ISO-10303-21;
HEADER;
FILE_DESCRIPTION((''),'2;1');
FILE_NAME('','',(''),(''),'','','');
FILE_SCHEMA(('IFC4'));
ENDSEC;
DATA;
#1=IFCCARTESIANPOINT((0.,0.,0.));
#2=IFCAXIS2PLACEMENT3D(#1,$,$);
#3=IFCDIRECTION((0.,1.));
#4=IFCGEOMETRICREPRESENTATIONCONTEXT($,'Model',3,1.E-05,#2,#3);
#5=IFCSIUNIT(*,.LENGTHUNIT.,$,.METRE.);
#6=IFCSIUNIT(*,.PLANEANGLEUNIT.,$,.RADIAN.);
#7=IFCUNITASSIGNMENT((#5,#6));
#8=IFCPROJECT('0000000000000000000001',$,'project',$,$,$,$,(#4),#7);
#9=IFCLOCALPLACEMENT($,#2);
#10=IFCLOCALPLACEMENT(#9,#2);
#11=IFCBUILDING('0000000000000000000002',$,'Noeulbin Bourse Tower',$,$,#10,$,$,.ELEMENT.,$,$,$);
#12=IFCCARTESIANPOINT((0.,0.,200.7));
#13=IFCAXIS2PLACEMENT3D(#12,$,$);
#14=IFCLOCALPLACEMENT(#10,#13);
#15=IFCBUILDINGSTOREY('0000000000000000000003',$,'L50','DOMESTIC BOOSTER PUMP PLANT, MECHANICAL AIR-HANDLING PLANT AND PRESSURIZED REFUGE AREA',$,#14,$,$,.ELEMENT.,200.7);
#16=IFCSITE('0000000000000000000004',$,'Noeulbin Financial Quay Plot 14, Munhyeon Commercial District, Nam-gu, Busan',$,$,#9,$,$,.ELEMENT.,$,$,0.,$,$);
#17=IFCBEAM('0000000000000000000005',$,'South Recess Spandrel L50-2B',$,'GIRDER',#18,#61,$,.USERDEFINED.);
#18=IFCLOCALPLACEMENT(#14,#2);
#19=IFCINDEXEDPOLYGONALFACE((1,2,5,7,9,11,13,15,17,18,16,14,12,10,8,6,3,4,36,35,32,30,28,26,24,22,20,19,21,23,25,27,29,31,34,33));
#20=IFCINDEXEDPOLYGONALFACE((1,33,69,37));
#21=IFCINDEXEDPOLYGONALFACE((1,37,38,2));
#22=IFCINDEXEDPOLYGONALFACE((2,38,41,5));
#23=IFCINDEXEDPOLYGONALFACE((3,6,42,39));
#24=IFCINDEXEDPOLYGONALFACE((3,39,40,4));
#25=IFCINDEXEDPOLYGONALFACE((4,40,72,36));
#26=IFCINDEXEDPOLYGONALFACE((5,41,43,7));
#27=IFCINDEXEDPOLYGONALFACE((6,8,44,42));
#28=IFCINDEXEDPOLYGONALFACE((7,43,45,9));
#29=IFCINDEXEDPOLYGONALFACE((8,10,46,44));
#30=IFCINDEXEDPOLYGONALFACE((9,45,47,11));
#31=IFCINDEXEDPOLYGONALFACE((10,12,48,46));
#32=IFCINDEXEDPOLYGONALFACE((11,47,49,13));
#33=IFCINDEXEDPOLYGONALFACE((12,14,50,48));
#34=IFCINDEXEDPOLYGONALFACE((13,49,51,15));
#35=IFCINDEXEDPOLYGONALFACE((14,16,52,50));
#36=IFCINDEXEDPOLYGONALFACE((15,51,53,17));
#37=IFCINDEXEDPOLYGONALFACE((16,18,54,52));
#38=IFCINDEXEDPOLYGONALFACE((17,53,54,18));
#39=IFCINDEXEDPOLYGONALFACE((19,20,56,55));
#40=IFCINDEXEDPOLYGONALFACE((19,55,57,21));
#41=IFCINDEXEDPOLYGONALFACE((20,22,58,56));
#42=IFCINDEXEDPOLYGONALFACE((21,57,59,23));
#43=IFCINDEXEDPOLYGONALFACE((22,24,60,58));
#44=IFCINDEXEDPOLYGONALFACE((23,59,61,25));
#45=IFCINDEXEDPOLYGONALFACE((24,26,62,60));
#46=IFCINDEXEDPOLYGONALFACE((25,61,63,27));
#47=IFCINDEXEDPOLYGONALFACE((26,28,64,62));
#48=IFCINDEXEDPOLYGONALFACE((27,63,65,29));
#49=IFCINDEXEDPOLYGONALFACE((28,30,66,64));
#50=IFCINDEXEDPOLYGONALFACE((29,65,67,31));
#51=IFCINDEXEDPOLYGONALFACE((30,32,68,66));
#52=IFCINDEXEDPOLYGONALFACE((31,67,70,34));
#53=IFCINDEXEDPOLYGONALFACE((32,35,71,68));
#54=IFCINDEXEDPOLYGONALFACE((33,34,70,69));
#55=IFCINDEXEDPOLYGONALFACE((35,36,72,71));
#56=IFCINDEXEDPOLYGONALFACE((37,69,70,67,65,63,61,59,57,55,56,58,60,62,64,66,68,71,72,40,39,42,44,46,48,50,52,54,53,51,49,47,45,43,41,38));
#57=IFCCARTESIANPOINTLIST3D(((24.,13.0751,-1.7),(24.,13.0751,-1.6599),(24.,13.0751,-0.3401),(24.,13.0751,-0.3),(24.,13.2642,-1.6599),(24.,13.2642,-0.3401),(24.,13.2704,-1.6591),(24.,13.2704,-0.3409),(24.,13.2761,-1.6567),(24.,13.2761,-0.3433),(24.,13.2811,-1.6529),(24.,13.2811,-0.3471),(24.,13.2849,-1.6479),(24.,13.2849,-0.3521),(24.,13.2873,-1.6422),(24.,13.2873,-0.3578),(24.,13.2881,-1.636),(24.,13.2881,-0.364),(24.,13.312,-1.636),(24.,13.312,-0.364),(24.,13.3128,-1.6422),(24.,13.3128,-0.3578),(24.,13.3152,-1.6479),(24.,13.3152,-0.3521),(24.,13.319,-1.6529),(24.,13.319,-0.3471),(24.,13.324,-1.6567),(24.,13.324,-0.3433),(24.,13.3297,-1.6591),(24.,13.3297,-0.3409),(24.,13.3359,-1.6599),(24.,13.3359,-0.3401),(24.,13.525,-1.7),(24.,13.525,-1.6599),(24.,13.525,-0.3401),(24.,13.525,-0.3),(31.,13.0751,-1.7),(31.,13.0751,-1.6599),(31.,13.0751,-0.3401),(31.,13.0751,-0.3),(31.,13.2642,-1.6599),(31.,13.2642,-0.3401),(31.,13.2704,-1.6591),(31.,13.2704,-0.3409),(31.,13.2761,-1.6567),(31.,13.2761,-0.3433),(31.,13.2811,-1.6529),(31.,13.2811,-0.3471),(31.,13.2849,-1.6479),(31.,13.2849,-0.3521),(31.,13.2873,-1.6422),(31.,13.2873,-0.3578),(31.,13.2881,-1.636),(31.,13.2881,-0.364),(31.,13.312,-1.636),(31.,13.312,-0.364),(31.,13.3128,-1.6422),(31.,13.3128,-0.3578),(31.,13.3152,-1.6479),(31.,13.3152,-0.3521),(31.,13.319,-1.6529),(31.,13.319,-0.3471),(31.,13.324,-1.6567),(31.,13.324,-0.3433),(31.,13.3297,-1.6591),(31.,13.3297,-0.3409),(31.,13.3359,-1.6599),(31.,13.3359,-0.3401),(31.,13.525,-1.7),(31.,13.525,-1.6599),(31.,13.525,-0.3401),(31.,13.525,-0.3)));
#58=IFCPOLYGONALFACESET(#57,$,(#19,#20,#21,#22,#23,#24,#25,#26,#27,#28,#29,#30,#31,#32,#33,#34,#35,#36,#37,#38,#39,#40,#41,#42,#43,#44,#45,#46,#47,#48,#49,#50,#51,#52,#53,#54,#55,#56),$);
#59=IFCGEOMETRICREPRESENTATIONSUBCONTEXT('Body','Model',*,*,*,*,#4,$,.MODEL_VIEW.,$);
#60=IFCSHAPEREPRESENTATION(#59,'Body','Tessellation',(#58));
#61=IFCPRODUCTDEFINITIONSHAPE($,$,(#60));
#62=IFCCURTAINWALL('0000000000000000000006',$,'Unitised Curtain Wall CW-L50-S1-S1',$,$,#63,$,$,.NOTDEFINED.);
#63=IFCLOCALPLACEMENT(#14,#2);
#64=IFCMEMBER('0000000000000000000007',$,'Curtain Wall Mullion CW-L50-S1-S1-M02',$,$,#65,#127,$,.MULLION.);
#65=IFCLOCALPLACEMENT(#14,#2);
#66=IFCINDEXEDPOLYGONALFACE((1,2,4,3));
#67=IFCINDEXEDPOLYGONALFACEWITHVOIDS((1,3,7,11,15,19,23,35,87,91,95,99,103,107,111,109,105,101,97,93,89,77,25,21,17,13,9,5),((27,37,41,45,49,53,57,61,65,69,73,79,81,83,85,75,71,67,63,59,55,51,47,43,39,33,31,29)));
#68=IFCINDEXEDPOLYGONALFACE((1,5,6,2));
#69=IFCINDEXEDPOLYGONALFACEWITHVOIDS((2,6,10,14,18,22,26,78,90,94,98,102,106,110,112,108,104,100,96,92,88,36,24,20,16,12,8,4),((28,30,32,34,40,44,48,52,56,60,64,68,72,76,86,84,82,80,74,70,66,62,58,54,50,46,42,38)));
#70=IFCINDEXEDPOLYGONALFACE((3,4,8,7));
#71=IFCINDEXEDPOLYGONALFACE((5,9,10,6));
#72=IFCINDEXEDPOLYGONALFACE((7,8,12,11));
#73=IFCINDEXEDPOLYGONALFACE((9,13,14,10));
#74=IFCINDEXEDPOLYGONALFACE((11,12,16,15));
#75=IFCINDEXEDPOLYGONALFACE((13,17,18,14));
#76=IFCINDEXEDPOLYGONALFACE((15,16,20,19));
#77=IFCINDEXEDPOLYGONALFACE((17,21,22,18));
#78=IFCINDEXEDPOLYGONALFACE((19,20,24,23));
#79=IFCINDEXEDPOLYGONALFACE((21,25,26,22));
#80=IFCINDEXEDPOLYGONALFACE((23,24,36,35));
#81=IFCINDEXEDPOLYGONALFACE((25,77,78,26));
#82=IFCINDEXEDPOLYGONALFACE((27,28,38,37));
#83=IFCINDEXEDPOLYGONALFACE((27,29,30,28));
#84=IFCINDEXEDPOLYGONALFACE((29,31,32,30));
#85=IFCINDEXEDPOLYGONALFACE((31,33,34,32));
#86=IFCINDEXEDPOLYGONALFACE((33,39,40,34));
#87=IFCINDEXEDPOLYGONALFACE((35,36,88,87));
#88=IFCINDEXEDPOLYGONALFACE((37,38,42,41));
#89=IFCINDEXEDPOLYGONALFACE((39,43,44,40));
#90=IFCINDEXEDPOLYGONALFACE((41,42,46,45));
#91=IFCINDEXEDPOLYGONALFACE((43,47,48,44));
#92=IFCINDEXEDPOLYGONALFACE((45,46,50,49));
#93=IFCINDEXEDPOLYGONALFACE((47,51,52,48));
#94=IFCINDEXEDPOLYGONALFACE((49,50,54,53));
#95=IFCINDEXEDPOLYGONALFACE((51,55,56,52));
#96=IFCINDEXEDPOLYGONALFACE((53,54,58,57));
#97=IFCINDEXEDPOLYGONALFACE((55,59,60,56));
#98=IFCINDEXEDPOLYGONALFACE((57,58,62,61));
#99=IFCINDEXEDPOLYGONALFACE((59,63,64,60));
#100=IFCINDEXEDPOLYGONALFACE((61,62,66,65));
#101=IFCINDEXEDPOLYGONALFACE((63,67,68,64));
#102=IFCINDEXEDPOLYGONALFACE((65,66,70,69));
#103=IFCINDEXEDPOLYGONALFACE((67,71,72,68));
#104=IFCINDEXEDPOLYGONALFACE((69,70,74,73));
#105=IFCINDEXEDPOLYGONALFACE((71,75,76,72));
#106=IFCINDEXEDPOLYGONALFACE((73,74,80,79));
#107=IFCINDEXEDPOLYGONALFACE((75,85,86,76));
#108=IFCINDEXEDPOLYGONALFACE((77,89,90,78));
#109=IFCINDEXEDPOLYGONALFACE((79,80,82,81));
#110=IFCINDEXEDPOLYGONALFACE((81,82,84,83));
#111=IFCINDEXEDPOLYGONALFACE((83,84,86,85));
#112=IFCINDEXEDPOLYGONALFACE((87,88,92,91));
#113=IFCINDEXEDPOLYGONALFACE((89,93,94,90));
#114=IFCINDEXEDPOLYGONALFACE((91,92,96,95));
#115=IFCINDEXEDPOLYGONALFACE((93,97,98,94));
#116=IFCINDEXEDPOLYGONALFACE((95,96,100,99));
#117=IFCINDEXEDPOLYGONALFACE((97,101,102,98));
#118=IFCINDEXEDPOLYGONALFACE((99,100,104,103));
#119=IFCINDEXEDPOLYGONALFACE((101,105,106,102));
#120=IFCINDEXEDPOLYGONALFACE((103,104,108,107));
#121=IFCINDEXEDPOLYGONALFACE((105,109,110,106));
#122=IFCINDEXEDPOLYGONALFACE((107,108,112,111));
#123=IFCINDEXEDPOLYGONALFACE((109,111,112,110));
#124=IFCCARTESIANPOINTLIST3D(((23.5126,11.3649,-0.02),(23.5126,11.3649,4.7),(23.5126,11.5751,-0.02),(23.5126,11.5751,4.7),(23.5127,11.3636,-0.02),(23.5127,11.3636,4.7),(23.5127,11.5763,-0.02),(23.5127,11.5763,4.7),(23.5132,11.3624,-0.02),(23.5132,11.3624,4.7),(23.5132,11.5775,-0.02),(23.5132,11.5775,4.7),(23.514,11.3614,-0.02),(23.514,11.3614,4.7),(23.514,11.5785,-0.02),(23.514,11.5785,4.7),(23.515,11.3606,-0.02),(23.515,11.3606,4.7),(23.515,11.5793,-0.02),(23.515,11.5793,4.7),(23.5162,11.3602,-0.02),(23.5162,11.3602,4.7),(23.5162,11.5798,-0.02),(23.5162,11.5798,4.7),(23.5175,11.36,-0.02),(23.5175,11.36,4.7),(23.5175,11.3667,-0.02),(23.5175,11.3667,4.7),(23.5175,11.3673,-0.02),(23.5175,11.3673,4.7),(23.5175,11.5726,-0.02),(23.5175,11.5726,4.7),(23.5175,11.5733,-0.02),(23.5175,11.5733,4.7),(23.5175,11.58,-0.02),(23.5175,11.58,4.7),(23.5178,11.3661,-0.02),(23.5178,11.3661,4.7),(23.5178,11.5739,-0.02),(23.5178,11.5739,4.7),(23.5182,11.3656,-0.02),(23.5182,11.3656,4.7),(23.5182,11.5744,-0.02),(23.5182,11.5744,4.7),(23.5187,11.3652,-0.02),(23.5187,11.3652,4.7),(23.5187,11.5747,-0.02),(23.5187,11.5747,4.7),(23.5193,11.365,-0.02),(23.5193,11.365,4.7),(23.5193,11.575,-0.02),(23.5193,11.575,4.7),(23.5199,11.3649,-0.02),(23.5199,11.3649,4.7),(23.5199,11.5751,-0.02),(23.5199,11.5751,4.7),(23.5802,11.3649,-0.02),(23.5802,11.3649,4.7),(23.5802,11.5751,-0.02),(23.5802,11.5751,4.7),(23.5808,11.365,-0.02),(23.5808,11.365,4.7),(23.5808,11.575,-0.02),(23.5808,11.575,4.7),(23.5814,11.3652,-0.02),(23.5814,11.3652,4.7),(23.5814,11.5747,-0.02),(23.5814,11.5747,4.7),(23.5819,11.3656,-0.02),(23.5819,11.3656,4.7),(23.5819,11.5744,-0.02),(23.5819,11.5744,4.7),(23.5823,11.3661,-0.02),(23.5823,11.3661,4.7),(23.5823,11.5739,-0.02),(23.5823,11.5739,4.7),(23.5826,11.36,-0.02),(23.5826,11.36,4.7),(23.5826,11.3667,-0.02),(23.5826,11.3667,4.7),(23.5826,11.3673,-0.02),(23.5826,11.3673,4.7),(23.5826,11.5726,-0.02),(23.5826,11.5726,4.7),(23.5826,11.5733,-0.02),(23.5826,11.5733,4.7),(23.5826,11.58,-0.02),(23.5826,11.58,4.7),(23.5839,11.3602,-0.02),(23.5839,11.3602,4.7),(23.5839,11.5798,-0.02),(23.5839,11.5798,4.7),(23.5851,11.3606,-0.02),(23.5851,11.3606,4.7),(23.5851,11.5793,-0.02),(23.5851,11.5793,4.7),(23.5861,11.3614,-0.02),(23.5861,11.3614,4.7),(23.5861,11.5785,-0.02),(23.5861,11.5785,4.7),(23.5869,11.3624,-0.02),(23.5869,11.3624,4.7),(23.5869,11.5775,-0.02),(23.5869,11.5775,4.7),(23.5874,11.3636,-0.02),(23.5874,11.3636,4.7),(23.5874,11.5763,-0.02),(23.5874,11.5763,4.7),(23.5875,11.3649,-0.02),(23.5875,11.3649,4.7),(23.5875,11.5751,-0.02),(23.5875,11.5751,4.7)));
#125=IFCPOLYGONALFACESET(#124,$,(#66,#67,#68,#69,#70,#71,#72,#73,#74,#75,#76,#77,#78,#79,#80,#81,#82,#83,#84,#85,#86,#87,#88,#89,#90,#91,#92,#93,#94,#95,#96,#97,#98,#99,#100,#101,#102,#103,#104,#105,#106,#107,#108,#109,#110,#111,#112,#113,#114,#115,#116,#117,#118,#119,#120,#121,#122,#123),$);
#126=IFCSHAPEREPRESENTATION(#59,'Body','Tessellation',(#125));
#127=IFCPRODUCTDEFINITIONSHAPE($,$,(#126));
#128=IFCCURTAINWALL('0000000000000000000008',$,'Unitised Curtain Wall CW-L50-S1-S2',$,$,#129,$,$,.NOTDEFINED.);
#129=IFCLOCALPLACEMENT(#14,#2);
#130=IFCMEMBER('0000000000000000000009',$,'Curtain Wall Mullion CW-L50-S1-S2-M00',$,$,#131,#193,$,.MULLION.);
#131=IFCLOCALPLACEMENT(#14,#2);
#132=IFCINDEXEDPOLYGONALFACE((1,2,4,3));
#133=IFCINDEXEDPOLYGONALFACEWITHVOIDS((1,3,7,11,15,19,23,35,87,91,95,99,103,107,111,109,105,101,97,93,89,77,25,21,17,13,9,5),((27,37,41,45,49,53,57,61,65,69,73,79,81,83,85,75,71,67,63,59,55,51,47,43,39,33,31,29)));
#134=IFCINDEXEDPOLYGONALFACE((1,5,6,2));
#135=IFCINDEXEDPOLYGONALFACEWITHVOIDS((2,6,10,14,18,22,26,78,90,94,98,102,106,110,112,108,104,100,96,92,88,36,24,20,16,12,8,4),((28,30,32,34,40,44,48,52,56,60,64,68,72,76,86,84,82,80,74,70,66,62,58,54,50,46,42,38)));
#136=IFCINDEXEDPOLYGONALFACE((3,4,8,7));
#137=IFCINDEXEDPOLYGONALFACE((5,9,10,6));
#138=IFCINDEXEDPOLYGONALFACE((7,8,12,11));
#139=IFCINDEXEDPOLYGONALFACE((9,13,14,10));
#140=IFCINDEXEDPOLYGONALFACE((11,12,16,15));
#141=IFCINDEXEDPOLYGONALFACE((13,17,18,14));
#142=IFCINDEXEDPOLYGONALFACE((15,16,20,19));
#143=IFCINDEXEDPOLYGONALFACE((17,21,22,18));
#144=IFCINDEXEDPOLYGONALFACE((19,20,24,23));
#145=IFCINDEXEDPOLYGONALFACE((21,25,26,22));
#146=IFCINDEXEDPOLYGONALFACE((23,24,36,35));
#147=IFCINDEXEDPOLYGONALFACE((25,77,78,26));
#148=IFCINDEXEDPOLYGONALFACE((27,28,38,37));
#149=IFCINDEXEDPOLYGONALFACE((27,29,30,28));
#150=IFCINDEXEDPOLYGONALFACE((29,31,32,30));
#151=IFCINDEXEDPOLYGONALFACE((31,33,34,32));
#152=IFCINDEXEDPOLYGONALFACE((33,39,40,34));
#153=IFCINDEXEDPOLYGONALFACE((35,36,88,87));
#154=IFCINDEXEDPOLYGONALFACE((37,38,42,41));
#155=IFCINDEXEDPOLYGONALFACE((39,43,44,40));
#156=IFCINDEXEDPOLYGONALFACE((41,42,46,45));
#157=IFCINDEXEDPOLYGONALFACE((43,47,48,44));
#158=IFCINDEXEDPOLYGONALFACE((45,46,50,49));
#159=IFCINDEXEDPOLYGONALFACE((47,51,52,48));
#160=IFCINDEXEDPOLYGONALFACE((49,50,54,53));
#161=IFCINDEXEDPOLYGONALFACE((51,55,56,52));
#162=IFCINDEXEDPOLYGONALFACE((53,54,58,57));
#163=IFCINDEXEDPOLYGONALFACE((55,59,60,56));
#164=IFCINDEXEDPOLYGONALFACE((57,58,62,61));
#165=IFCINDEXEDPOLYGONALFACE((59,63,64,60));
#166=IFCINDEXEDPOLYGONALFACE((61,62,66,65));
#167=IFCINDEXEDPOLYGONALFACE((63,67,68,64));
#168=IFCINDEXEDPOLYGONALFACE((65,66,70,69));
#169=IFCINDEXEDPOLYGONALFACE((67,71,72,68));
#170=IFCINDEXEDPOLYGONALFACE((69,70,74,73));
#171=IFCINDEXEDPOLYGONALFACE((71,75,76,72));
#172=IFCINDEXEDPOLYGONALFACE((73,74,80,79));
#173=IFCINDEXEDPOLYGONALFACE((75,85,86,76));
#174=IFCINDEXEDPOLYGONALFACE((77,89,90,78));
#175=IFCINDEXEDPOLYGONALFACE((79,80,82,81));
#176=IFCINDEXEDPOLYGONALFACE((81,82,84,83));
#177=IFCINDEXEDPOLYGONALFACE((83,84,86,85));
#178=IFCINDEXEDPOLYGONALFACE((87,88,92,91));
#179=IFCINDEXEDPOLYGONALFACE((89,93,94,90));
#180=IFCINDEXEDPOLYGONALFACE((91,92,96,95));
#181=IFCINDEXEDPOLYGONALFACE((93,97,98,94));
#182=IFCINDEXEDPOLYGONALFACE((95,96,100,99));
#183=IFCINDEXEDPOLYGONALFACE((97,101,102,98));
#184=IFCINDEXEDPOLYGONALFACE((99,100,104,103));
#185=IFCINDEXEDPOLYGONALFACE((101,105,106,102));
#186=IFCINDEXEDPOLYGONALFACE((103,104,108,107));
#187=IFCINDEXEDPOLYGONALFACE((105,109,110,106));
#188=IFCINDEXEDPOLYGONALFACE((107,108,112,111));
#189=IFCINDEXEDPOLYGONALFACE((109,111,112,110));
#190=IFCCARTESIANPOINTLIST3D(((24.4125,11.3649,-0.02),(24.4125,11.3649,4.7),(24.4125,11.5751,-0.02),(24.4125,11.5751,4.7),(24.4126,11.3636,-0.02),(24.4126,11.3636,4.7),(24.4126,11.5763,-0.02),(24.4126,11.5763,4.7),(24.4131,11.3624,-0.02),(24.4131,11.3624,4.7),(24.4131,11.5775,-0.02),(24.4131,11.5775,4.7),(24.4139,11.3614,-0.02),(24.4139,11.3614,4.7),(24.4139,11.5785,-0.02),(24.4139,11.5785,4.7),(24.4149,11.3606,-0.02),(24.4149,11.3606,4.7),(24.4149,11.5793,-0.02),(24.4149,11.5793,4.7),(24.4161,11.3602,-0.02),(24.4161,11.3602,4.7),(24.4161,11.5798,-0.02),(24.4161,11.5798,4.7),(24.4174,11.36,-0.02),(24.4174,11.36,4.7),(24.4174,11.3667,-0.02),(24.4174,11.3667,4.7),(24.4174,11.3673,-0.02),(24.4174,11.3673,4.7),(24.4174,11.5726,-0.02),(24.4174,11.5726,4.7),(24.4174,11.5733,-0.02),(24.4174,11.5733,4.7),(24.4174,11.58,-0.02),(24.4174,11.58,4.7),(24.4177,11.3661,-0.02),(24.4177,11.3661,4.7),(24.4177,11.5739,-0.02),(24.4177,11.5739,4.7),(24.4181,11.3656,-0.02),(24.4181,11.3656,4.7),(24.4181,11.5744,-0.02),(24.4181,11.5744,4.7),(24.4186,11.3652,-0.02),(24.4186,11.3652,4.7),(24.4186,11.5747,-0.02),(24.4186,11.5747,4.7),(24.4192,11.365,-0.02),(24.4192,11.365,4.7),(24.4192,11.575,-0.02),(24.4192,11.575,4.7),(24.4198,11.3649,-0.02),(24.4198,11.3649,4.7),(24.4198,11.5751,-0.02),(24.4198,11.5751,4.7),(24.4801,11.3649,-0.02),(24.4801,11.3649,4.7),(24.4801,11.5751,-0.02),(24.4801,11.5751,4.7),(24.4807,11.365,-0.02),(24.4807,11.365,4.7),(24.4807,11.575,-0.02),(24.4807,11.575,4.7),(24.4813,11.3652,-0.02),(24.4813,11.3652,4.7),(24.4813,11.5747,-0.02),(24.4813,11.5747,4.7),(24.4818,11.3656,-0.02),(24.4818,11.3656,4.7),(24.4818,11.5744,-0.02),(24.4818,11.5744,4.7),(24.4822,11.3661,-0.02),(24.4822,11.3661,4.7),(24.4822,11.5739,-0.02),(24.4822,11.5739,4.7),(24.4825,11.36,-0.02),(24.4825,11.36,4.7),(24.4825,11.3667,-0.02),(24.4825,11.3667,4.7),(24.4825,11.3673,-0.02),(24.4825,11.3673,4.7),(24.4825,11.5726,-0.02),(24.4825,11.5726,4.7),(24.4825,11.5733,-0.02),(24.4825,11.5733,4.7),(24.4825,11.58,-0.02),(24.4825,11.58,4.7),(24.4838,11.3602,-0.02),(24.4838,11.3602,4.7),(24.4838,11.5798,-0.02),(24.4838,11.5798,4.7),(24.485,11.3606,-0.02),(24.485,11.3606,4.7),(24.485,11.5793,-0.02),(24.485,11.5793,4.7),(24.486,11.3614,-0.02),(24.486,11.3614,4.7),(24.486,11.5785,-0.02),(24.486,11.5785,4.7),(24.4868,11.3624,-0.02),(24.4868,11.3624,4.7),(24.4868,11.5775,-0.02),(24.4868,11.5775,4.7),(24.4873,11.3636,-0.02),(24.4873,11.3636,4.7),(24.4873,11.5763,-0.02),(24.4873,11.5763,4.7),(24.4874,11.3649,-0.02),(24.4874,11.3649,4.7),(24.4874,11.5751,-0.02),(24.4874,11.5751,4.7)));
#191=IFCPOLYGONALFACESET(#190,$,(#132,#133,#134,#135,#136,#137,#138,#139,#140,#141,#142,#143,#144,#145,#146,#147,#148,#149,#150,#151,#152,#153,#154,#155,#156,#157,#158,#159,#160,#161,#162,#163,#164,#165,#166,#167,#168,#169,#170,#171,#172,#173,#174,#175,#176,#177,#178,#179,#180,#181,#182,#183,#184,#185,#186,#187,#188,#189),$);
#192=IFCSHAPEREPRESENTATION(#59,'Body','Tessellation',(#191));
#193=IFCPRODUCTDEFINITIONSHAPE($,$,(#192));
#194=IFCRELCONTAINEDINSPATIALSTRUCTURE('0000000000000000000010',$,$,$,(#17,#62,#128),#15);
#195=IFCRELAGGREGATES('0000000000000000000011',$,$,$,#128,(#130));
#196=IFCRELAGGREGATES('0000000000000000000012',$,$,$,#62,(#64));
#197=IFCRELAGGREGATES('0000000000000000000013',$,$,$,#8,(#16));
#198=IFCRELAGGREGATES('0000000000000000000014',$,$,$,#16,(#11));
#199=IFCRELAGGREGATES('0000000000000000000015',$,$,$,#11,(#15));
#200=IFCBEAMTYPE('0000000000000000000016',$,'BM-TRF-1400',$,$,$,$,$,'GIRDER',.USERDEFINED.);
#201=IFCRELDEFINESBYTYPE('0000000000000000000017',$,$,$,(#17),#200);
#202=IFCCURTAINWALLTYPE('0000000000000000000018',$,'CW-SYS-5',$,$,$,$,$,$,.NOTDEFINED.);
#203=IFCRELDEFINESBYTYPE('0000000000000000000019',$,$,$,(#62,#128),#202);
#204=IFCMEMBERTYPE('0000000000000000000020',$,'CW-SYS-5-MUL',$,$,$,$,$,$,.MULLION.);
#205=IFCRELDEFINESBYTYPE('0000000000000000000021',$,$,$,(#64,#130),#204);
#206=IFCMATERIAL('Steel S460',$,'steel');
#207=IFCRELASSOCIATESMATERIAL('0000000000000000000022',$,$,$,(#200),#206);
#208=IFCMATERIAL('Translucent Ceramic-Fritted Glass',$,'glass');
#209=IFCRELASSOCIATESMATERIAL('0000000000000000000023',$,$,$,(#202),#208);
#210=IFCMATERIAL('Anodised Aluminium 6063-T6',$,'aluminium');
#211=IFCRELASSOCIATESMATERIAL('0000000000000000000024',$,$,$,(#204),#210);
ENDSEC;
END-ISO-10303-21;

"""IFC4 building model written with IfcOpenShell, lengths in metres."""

from ifc_helpers import new_model, si_unit, direction, frame, origin, origin_2d, place, context, subcontext, project, spatial, hollow_rectangle, i_section, extrude, material, material_profile, profile_set, type_object, element, aggregate, save


model = new_model("IFC4")

# Units and contexts
model_context = context("Model", 3, precision=1e-05, world=origin(), true_north=direction((0.0, 1.0)))
body_context = subcontext(model_context, "Body", "Model", "MODEL_VIEW")
ifc_project = project(units=[si_unit("LENGTHUNIT", "METRE"), si_unit("PLANEANGLEUNIT", "RADIAN")], contexts=[model_context])

# Site, building, storey
site_placement = place(None, origin())
site = spatial("IfcSite", under=ifc_project, at=site_placement, Name="Noeulbin Financial Quay Plot 14, Munhyeon Commercial District, Nam-gu, Busan", CompositionType="ELEMENT", RefElevation=0.0)
building_placement = place(site_placement, origin())
building = spatial("IfcBuilding", under=site, at=building_placement, Name="Noeulbin Bourse Tower", CompositionType="ELEMENT")
storey_placement = place(building_placement, frame((0.0, 0.0, 200.7)))
storey = spatial("IfcBuildingStorey", under=building, at=storey_placement, Name="L50", Description="DOMESTIC BOOSTER PUMP PLANT, MECHANICAL AIR-HANDLING PLANT AND PRESSURIZED REFUGE AREA", CompositionType="ELEMENT", Elevation=200.7)

# Shared definitions
ifc_material_1 = material(Name="Steel S460", Category="steel")

# Beam
ifc_material_profile_1 = material_profile(ifc_material_1, i_section(OverallWidth=0.45, OverallDepth=1.3999, WebThickness=0.0239, FlangeThickness=0.04, FilletRadius=0.0239, at=origin_2d()), Name="PG-1400x450x24x40", Category="LoadBearing")
ifc_profile_set_1 = profile_set([ifc_material_profile_1], Name="Steel S460")
beam_type_1 = type_object("IfcBeamType", Name="BM-TRF-1400", ElementType="GIRDER", PredefinedType="USERDEFINED", material=ifc_profile_set_1)
beam_1_placement = place(storey_placement, frame((24.0, 13.3, -1.0), z_axis=(1.0, 0.0, 0.0), x_axis=(0.0, 1.0, 0.0)))
element("IfcBeam", 1, at=beam_1_placement, inside=storey, type_object=beam_type_1, Name="South Recess Spandrel L50-2B", ObjectType="GIRDER", PredefinedType="USERDEFINED", context=body_context, shape_type="SweptSolid", body=[
    extrude(i_section(OverallWidth=0.45, OverallDepth=1.3999, WebThickness=0.0239, FlangeThickness=0.04, FilletRadius=0.0239, at=origin_2d()), origin(), (0.0, 0.0, 1.0), 7.0),
])

# Curtain wall, member
ifc_material_2 = material(Name="Translucent Ceramic-Fritted Glass", Category="glass")
curtain_wall_type = type_object("IfcCurtainWallType", Name="CW-SYS-5", PredefinedType="NOTDEFINED", material=ifc_material_2)
curtain_wall_1_placement = place(storey_placement, origin())
curtain_wall_1 = element("IfcCurtainWall", 2, at=curtain_wall_1_placement, inside=storey, type_object=curtain_wall_type, Name="Unitised Curtain Wall CW-L50-S1-S1", PredefinedType="NOTDEFINED")
ifc_material_3 = material(Name="Anodised Aluminium 6063-T6", Category="aluminium")
ifc_material_profile_2 = material_profile(ifc_material_3, hollow_rectangle(XDim=0.075, YDim=0.22, WallThickness=0.0049, InnerFilletRadius=0.0024, OuterFilletRadius=0.0049, at=origin_2d()), Name="ALU-MULL-75x220x5", Category="LoadBearing")
ifc_profile_set_2 = profile_set([ifc_material_profile_2], Name="Anodised Aluminium 6063-T6")
member_type_1 = type_object("IfcMemberType", Name="CW-SYS-5-MUL", PredefinedType="MULLION", material=ifc_profile_set_2)
member_1_placement = place(storey_placement, frame((23.55, 11.47, -0.02), z_axis=(0.0, 0.0, 1.0), x_axis=(1.0, 0.0, 0.0)))
member_1 = element("IfcMember", 3, at=member_1_placement, type_object=member_type_1, Name="Curtain Wall Mullion CW-L50-S1-S1-M02", PredefinedType="MULLION", context=body_context, shape_type="SweptSolid", body=[
    extrude(hollow_rectangle(XDim=0.075, YDim=0.22, WallThickness=0.0049, InnerFilletRadius=0.0024, OuterFilletRadius=0.0049, at=origin_2d()), origin(), (0.0, 0.0, 1.0), 4.72),
])

# Curtain wall, member
curtain_wall_2_placement = place(storey_placement, origin())
curtain_wall_2 = element("IfcCurtainWall", 4, at=curtain_wall_2_placement, inside=storey, type_object=curtain_wall_type, Name="Unitised Curtain Wall CW-L50-S1-S2", PredefinedType="NOTDEFINED")
member_2_placement = place(storey_placement, frame((24.45, 11.47, -0.02), z_axis=(0.0, 0.0, 1.0), x_axis=(1.0, 0.0, 0.0)))
member_2 = element("IfcMember", 5, at=member_2_placement, type_object=member_type_1, Name="Curtain Wall Mullion CW-L50-S1-S2-M00", PredefinedType="MULLION", context=body_context, shape_type="SweptSolid", body=[
    extrude(hollow_rectangle(XDim=0.075, YDim=0.22, WallThickness=0.0049, InnerFilletRadius=0.0024, OuterFilletRadius=0.0049, at=origin_2d()), origin(), (0.0, 0.0, 1.0), 4.72),
])
aggregate(curtain_wall_2, [member_2])

aggregate(curtain_wall_1, [member_1])

save(model, "model.ifc")
